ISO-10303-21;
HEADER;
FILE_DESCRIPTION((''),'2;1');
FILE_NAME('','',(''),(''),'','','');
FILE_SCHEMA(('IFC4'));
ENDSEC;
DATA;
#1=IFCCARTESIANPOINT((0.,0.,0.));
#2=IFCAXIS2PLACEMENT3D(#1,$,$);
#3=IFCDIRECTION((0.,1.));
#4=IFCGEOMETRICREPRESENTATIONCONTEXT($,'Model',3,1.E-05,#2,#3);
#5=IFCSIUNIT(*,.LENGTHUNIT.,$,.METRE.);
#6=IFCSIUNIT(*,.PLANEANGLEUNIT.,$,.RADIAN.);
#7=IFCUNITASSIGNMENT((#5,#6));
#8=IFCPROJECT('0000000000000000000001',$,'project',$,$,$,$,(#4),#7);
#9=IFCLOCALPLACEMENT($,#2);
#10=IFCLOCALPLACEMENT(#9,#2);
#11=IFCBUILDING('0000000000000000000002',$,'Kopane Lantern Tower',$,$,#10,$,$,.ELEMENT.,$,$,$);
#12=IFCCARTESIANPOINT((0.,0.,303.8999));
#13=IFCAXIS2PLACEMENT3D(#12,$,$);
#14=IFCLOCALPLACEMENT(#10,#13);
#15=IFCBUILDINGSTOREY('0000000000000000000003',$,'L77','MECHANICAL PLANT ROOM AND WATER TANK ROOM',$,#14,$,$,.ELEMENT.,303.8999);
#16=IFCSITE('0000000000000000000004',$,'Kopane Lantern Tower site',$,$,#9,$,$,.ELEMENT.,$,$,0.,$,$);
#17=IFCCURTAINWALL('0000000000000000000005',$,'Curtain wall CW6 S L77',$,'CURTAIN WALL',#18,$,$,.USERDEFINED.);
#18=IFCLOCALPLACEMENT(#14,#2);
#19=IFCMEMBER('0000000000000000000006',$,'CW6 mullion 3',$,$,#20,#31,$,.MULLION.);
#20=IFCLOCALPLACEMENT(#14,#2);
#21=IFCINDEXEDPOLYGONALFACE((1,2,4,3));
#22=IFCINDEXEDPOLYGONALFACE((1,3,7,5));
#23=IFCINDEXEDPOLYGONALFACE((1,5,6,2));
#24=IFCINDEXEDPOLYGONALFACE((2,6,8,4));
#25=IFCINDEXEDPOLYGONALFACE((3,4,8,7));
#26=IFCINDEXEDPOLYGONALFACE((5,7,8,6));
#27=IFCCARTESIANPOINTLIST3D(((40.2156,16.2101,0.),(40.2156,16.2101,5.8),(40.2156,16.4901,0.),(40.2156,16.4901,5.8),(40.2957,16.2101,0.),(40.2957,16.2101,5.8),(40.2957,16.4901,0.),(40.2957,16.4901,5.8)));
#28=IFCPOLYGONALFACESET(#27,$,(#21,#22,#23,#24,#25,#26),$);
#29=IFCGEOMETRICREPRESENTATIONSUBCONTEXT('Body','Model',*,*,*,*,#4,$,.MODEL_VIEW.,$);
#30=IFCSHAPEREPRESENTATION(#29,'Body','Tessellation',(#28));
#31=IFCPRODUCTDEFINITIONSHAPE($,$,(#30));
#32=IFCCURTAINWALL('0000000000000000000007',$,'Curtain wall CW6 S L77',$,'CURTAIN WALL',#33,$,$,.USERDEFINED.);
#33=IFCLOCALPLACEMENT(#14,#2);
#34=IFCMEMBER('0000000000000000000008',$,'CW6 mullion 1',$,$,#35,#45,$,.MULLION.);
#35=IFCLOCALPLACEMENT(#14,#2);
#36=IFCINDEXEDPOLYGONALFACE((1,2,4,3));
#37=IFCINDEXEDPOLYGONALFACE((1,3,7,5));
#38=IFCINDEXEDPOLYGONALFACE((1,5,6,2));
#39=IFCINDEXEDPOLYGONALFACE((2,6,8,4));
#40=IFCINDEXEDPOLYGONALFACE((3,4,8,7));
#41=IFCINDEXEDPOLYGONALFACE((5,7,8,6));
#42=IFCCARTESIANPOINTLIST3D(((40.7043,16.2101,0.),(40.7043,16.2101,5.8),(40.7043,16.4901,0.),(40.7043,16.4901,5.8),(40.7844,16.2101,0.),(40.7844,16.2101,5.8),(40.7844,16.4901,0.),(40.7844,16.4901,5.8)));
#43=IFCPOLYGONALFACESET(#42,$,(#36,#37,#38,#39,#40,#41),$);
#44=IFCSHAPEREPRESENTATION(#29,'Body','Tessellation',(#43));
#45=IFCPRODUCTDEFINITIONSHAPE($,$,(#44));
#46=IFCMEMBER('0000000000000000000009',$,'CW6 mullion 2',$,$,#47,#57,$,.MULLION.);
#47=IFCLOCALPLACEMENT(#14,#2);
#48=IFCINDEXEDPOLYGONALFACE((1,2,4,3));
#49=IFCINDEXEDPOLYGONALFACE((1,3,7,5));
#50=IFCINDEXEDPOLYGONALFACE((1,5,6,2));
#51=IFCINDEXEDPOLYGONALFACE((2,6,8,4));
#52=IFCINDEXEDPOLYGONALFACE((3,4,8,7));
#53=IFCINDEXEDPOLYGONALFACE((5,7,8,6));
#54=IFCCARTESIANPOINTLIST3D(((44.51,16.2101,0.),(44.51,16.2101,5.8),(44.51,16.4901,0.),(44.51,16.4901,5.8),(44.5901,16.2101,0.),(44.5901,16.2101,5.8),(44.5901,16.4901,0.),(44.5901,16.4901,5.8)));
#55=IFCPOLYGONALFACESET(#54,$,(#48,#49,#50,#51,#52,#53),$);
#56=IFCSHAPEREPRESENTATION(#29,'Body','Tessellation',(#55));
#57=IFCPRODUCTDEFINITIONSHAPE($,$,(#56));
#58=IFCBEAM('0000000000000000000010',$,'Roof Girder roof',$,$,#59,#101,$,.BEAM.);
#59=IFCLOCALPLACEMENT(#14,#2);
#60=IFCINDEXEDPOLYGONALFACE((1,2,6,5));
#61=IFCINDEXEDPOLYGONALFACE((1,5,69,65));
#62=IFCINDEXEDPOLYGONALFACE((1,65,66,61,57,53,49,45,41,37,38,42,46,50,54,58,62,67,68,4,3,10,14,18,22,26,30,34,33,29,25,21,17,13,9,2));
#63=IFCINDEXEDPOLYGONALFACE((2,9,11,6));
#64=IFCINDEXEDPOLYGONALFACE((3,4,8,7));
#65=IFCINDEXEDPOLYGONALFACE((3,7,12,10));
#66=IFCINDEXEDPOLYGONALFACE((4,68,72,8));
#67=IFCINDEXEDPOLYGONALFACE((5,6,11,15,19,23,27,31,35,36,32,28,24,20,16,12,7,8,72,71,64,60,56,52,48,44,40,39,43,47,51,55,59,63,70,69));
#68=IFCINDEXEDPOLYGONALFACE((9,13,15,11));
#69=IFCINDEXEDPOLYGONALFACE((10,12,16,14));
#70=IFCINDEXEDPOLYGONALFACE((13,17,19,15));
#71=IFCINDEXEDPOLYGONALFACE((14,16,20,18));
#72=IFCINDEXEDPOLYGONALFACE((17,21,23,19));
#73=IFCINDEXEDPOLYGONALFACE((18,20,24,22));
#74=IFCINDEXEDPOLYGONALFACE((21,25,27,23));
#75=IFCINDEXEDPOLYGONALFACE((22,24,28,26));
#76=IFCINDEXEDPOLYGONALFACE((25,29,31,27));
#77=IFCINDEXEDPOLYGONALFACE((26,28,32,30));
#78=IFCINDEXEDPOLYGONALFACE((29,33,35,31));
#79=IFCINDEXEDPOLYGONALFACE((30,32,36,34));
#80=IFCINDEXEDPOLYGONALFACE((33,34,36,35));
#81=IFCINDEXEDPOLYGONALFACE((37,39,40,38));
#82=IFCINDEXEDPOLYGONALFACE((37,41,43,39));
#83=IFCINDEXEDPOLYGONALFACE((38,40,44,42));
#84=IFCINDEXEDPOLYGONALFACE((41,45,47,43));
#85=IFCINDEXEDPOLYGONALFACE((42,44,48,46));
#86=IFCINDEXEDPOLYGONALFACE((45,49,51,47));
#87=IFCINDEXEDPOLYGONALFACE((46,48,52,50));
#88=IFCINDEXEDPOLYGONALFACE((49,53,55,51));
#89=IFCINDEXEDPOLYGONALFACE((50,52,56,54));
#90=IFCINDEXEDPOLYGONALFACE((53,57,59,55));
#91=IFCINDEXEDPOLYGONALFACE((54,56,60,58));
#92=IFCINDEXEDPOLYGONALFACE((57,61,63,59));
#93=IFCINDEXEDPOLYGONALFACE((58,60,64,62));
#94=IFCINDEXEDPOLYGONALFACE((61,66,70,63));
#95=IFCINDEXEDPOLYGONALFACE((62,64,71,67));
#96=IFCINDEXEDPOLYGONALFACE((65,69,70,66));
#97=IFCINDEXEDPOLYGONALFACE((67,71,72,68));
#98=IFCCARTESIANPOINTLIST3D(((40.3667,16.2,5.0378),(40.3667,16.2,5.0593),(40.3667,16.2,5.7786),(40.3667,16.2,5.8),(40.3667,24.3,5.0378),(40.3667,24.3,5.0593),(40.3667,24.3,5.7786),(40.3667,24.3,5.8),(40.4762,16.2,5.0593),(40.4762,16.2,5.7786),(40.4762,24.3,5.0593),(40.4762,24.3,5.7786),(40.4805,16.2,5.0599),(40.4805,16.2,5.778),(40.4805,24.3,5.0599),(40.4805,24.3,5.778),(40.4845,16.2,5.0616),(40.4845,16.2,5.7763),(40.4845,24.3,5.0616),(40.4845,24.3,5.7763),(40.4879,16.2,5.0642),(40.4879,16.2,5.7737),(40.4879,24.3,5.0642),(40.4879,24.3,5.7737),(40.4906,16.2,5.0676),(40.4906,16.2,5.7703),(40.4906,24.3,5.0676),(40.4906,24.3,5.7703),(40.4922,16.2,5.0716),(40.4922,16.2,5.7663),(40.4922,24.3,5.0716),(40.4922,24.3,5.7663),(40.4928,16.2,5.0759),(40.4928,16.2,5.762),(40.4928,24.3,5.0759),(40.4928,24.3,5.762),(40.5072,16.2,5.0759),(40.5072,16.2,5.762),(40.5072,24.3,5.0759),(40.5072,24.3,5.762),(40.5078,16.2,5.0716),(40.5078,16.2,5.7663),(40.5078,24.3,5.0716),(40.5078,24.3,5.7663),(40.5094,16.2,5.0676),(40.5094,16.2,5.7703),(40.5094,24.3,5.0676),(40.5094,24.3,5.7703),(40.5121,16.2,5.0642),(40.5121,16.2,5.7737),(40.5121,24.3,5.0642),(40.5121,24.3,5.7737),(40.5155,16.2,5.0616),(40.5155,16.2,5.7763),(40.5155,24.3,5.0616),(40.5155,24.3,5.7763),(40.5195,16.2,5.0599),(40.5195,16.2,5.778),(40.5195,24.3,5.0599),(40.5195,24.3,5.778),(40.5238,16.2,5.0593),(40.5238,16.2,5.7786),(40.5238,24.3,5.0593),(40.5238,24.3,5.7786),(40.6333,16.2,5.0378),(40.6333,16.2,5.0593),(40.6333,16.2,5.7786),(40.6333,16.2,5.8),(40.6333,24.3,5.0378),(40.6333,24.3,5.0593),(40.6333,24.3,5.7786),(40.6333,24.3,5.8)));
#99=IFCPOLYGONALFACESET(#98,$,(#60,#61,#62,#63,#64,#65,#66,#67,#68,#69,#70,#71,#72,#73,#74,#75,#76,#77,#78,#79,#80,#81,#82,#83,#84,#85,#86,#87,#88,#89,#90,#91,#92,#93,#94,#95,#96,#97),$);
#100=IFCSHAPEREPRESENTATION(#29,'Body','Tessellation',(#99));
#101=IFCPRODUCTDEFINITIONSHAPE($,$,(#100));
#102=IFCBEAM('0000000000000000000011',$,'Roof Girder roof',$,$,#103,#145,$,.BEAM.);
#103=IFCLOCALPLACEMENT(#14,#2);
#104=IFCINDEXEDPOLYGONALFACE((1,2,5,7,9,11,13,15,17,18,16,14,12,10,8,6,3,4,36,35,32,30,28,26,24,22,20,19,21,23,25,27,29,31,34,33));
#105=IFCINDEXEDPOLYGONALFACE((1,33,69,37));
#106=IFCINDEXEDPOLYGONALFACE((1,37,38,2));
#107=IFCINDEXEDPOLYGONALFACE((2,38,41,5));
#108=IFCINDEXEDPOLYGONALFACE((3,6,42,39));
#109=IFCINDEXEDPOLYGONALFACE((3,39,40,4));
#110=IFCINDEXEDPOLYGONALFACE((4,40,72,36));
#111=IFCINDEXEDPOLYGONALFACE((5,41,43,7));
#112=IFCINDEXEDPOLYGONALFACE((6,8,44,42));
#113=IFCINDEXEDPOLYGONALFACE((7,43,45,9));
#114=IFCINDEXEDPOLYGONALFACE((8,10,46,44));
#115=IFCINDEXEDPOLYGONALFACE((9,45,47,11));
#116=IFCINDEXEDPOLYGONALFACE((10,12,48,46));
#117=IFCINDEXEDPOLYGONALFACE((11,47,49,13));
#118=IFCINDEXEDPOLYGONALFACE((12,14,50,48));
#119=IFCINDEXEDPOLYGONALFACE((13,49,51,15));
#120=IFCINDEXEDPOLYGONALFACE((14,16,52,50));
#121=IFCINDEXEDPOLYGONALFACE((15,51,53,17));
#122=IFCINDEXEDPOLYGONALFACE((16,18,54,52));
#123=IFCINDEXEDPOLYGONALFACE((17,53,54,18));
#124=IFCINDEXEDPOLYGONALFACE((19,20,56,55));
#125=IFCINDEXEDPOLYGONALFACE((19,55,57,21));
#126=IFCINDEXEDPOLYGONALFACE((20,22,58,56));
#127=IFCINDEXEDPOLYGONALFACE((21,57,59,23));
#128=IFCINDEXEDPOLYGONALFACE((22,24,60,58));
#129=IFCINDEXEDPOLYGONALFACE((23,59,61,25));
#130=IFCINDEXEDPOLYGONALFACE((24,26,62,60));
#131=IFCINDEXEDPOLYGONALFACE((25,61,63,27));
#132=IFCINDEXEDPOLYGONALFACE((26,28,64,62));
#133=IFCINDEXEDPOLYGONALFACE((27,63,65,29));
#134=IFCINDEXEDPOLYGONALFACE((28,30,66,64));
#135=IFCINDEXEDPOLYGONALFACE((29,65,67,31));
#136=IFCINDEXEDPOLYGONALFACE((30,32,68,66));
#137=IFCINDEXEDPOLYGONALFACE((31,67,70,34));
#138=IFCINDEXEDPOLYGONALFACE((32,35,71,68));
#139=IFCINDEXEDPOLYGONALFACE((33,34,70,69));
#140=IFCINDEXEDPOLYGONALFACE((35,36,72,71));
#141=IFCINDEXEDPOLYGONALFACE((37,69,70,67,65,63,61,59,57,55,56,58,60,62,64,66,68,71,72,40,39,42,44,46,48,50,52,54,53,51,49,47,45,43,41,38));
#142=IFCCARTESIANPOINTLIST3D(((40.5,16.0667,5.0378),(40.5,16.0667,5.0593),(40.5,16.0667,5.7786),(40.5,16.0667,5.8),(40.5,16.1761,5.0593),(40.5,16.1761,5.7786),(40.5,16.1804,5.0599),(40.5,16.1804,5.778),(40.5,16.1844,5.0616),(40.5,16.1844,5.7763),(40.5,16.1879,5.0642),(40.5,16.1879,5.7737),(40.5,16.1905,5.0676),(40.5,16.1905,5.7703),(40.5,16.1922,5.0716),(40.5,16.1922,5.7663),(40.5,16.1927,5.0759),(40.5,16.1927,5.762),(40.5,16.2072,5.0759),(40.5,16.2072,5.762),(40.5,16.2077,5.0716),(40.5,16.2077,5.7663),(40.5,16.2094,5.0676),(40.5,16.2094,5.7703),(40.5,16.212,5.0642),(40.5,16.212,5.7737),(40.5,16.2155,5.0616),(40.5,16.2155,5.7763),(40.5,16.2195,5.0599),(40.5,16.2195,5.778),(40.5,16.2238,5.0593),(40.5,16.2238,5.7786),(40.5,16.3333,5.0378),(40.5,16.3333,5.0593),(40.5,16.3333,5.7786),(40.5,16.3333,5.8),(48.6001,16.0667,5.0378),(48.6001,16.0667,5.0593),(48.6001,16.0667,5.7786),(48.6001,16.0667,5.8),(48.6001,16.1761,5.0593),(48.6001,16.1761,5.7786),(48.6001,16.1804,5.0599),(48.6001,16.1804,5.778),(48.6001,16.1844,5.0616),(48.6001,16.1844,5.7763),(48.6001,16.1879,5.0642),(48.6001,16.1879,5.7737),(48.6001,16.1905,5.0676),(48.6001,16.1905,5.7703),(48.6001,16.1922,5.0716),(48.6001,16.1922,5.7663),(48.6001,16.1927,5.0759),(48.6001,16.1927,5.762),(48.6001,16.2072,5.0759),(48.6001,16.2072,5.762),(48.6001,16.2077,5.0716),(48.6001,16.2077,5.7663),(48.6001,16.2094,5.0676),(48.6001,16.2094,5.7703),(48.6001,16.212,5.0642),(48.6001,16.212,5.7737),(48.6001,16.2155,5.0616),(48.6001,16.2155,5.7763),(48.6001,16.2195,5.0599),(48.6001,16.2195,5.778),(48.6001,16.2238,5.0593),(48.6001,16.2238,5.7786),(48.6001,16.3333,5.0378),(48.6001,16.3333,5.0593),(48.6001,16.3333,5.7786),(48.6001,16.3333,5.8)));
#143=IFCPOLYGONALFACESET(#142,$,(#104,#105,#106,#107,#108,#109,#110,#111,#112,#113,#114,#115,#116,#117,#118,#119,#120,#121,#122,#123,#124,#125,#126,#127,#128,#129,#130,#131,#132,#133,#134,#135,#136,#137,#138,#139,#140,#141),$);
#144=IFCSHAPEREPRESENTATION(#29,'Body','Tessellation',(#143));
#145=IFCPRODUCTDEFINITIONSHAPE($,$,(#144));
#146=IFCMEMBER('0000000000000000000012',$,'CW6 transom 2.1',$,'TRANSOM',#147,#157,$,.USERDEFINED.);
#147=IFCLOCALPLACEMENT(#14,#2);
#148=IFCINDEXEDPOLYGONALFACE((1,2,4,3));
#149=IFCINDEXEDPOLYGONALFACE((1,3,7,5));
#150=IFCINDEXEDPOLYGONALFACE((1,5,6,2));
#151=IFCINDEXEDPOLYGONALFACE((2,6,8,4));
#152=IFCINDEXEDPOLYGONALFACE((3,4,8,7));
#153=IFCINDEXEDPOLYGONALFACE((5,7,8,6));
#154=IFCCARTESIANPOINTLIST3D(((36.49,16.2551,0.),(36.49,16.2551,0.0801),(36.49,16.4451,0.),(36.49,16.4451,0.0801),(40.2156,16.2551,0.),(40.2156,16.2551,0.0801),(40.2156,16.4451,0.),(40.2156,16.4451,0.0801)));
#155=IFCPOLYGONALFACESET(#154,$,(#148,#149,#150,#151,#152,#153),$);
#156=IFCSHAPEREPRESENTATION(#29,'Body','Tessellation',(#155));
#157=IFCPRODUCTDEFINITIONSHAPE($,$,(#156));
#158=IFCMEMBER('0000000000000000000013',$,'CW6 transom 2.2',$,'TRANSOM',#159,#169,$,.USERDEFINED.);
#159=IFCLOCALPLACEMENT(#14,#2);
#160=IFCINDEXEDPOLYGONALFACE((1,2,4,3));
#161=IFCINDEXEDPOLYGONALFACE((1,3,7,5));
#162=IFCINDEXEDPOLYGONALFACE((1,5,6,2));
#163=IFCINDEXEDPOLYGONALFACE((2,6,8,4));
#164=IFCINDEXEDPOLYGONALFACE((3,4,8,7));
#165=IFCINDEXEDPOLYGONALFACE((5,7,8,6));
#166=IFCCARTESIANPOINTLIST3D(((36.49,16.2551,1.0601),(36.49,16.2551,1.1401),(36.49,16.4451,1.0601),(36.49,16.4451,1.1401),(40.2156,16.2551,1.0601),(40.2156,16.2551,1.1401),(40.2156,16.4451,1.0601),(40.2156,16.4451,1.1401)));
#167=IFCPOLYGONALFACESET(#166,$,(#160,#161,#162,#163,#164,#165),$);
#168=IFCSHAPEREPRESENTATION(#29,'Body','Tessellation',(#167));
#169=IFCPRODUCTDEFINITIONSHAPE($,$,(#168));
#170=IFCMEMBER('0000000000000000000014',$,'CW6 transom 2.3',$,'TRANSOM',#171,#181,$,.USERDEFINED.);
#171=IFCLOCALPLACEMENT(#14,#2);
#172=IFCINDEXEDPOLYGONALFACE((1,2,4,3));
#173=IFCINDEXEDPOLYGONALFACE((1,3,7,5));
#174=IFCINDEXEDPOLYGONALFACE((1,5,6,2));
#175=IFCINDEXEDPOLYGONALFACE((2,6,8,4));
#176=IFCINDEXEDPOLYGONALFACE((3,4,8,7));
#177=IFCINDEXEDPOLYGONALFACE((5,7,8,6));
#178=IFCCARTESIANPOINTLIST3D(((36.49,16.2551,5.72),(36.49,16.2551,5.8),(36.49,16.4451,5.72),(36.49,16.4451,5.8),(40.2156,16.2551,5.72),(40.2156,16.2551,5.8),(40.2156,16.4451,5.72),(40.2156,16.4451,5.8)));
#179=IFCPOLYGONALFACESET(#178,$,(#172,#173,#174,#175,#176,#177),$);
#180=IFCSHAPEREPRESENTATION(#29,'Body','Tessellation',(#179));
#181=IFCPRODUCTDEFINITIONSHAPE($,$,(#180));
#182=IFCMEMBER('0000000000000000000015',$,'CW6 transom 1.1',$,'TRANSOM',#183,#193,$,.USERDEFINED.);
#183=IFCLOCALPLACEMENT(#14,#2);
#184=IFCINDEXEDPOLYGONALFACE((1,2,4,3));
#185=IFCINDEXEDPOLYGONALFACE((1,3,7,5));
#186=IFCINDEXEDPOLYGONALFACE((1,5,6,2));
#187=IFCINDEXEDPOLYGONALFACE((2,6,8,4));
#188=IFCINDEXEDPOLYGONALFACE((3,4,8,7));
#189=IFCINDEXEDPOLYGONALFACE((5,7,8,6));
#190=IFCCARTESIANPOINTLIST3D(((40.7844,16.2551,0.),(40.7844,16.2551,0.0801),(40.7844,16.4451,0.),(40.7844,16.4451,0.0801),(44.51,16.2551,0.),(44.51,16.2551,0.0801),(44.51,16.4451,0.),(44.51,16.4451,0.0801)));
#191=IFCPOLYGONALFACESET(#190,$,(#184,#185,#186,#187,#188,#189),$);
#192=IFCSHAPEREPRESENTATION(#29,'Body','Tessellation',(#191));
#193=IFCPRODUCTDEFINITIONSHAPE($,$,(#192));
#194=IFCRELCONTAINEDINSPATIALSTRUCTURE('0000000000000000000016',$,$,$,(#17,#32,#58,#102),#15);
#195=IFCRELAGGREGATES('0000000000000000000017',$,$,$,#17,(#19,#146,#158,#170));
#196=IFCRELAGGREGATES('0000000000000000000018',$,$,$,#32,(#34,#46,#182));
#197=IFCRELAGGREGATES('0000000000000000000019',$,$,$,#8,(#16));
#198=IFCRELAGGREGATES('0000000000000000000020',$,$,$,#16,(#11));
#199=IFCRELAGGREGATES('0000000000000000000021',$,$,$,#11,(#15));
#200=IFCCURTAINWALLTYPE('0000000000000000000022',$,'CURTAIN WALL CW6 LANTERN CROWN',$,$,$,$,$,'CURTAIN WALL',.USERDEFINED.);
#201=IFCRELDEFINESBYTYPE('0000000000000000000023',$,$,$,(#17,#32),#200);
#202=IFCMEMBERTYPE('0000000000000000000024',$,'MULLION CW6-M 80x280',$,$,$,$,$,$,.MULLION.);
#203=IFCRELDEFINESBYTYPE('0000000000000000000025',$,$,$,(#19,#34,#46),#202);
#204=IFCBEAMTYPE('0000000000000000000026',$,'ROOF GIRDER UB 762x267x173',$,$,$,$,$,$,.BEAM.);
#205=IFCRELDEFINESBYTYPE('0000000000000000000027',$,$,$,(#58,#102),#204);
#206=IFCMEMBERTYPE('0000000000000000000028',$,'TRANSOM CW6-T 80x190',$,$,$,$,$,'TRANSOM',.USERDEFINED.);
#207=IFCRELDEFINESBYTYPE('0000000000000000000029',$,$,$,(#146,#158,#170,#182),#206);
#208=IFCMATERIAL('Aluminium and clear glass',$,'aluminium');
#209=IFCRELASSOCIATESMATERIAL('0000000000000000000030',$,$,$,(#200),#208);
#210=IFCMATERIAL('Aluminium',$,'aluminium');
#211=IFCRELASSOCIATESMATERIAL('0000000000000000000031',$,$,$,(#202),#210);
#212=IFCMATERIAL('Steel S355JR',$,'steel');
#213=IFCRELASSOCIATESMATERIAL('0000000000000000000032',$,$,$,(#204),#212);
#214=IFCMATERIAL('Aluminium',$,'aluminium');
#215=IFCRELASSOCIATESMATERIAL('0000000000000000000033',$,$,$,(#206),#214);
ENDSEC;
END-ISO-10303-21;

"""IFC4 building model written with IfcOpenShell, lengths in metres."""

from ifc_helpers import new_model, si_unit, direction, frame, origin, origin_2d, place, context, subcontext, project, spatial, rectangle, i_section, extrude, material, material_profile, profile_set, type_object, element, aggregate, save


model = new_model("IFC4")

# Units and contexts
model_context = context("Model", 3, precision=1e-05, world=origin(), true_north=direction((0.0, 1.0)))
body_context = subcontext(model_context, "Body", "Model", "MODEL_VIEW")
ifc_project = project(units=[si_unit("LENGTHUNIT", "METRE"), si_unit("PLANEANGLEUNIT", "RADIAN")], contexts=[model_context])

# Site, building, storey
site_placement = place(None, origin())
site = spatial("IfcSite", under=ifc_project, at=site_placement, Name="Kopane Lantern Tower site", CompositionType="ELEMENT", RefElevation=0.0)
building_placement = place(site_placement, origin())
building = spatial("IfcBuilding", under=site, at=building_placement, Name="Kopane Lantern Tower", CompositionType="ELEMENT")
storey_placement = place(building_placement, frame((0.0, 0.0, 303.8999)))
storey = spatial("IfcBuildingStorey", under=building, at=storey_placement, Name="L77", Description="MECHANICAL PLANT ROOM AND WATER TANK ROOM", CompositionType="ELEMENT", Elevation=303.8999)

# Curtain walls, members
ifc_material_1 = material(Name="Aluminium and clear glass", Category="aluminium")
curtain_wall_type = type_object("IfcCurtainWallType", Name="CURTAIN WALL CW6 LANTERN CROWN", ElementType="CURTAIN WALL", PredefinedType="USERDEFINED", material=ifc_material_1)
curtain_wall_1_placement = place(storey_placement, origin())
curtain_wall_1 = element("IfcCurtainWall", 1, at=curtain_wall_1_placement, inside=storey, type_object=curtain_wall_type, Name="Curtain wall CW6 S L77", ObjectType="CURTAIN WALL", PredefinedType="USERDEFINED")
ifc_material_2 = material(Name="Aluminium", Category="aluminium")
ifc_material_profile_1 = material_profile(ifc_material_2, rectangle(XDim=0.0801, YDim=0.28, at=origin_2d()), Name="AL 80x280")
ifc_profile_set_1 = profile_set([ifc_material_profile_1], Name="Aluminium")
member_type_1 = type_object("IfcMemberType", Name="MULLION CW6-M 80x280", PredefinedType="MULLION", material=ifc_profile_set_1)
member_1_placement = place(storey_placement, frame((40.2556, 16.3501, 0.0), z_axis=(0.0, 0.0, 1.0), x_axis=(1.0, 0.0, 0.0)))
member_1 = element("IfcMember", 2, at=member_1_placement, type_object=member_type_1, Name="CW6 mullion 3", PredefinedType="MULLION", context=body_context, shape_type="SweptSolid", body=[
    extrude(rectangle(XDim=0.0801, YDim=0.28, at=origin_2d()), origin(), (0.0, 0.0, 1.0), 5.8),
])
curtain_wall_2_placement = place(storey_placement, origin())
curtain_wall_2 = element("IfcCurtainWall", 3, at=curtain_wall_2_placement, inside=storey, type_object=curtain_wall_type, Name="Curtain wall CW6 S L77", ObjectType="CURTAIN WALL", PredefinedType="USERDEFINED")
member_2_placement = place(storey_placement, frame((40.7444, 16.3501, 0.0), z_axis=(0.0, 0.0, 1.0), x_axis=(1.0, 0.0, 0.0)))
member_2 = element("IfcMember", 4, at=member_2_placement, type_object=member_type_1, Name="CW6 mullion 1", PredefinedType="MULLION", context=body_context, shape_type="SweptSolid", body=[
    extrude(rectangle(XDim=0.0801, YDim=0.28, at=origin_2d()), origin(), (0.0, 0.0, 1.0), 5.8),
])
member_3_placement = place(storey_placement, frame((44.55, 16.3501, 0.0), z_axis=(0.0, 0.0, 1.0), x_axis=(1.0, 0.0, 0.0)))
member_3 = element("IfcMember", 5, at=member_3_placement, type_object=member_type_1, Name="CW6 mullion 2", PredefinedType="MULLION", context=body_context, shape_type="SweptSolid", body=[
    extrude(rectangle(XDim=0.0801, YDim=0.28, at=origin_2d()), origin(), (0.0, 0.0, 1.0), 5.8),
])

# Beams
ifc_material_3 = material(Name="Steel S355JR", Category="steel")
ifc_material_profile_2 = material_profile(ifc_material_3, i_section(OverallWidth=0.2666, OverallDepth=0.7622, WebThickness=0.0144, FlangeThickness=0.0215, FilletRadius=0.0166, at=origin_2d()), Name="UB 762x267x173")
ifc_profile_set_2 = profile_set([ifc_material_profile_2], Name="Steel S355JR")
beam_type_1 = type_object("IfcBeamType", Name="ROOF GIRDER UB 762x267x173", PredefinedType="BEAM", material=ifc_profile_set_2)
for number, where, z_axis, x_axis, name in (
    (6, (40.5, 16.2, 5.4189), (0.0, 1.0, 0.0), (-1.0, 0.0, 0.0), "Roof Girder roof"),
    (7, (40.5, 16.2, 5.4189), (1.0, 0.0, 0.0), (0.0, 1.0, 0.0), "Roof Girder roof"),
):
    element("IfcBeam", number, at=place(storey_placement, frame(where, z_axis=z_axis, x_axis=x_axis)), inside=storey, type_object=beam_type_1, Name=name, PredefinedType="BEAM", context=body_context, shape_type="SweptSolid", body=[
        extrude(i_section(OverallWidth=0.2666, OverallDepth=0.7622, WebThickness=0.0144, FlangeThickness=0.0215, FilletRadius=0.0166, at=origin_2d()), origin(), (0.0, 0.0, 1.0), 8.1001),
    ])

# Members
ifc_material_4 = material(Name="Aluminium", Category="aluminium")
ifc_material_profile_3 = material_profile(ifc_material_4, rectangle(XDim=0.1899, YDim=0.0801, at=origin_2d()), Name="AL 190x80")
ifc_profile_set_3 = profile_set([ifc_material_profile_3], Name="Aluminium")
member_type_2 = type_object("IfcMemberType", Name="TRANSOM CW6-T 80x190", ElementType="TRANSOM", PredefinedType="USERDEFINED", material=ifc_profile_set_3)
member_4_placement = place(storey_placement, frame((36.49, 16.3501, 0.04), z_axis=(1.0, 0.0, 0.0), x_axis=(0.0, 1.0, 0.0)))
member_4 = element("IfcMember", 8, at=member_4_placement, type_object=member_type_2, Name="CW6 transom 2.1", ObjectType="TRANSOM", PredefinedType="USERDEFINED", context=body_context, shape_type="SweptSolid", body=[
    extrude(rectangle(XDim=0.1899, YDim=0.0801, at=origin_2d()), origin(), (0.0, 0.0, 1.0), 3.7256),
])
member_5_placement = place(storey_placement, frame((36.49, 16.3501, 1.1001), z_axis=(1.0, 0.0, 0.0), x_axis=(0.0, 1.0, 0.0)))
member_5 = element("IfcMember", 9, at=member_5_placement, type_object=member_type_2, Name="CW6 transom 2.2", ObjectType="TRANSOM", PredefinedType="USERDEFINED", context=body_context, shape_type="SweptSolid", body=[
    extrude(rectangle(XDim=0.1899, YDim=0.0801, at=origin_2d()), origin(), (0.0, 0.0, 1.0), 3.7256),
])
member_6_placement = place(storey_placement, frame((36.49, 16.3501, 5.76), z_axis=(1.0, 0.0, 0.0), x_axis=(0.0, 1.0, 0.0)))
member_6 = element("IfcMember", 10, at=member_6_placement, type_object=member_type_2, Name="CW6 transom 2.3", ObjectType="TRANSOM", PredefinedType="USERDEFINED", context=body_context, shape_type="SweptSolid", body=[
    extrude(rectangle(XDim=0.1899, YDim=0.0801, at=origin_2d()), origin(), (0.0, 0.0, 1.0), 3.7256),
])
member_7_placement = place(storey_placement, frame((40.7844, 16.3501, 0.04), z_axis=(1.0, 0.0, 0.0), x_axis=(0.0, 1.0, 0.0)))
member_7 = element("IfcMember", 11, at=member_7_placement, type_object=member_type_2, Name="CW6 transom 1.1", ObjectType="TRANSOM", PredefinedType="USERDEFINED", context=body_context, shape_type="SweptSolid", body=[
    extrude(rectangle(XDim=0.1899, YDim=0.0801, at=origin_2d()), origin(), (0.0, 0.0, 1.0), 3.7256),
])

aggregate(curtain_wall_1, [member_1, member_4, member_5, member_6])
aggregate(curtain_wall_2, [member_2, member_3, member_7])

save(model, "model.ifc")
